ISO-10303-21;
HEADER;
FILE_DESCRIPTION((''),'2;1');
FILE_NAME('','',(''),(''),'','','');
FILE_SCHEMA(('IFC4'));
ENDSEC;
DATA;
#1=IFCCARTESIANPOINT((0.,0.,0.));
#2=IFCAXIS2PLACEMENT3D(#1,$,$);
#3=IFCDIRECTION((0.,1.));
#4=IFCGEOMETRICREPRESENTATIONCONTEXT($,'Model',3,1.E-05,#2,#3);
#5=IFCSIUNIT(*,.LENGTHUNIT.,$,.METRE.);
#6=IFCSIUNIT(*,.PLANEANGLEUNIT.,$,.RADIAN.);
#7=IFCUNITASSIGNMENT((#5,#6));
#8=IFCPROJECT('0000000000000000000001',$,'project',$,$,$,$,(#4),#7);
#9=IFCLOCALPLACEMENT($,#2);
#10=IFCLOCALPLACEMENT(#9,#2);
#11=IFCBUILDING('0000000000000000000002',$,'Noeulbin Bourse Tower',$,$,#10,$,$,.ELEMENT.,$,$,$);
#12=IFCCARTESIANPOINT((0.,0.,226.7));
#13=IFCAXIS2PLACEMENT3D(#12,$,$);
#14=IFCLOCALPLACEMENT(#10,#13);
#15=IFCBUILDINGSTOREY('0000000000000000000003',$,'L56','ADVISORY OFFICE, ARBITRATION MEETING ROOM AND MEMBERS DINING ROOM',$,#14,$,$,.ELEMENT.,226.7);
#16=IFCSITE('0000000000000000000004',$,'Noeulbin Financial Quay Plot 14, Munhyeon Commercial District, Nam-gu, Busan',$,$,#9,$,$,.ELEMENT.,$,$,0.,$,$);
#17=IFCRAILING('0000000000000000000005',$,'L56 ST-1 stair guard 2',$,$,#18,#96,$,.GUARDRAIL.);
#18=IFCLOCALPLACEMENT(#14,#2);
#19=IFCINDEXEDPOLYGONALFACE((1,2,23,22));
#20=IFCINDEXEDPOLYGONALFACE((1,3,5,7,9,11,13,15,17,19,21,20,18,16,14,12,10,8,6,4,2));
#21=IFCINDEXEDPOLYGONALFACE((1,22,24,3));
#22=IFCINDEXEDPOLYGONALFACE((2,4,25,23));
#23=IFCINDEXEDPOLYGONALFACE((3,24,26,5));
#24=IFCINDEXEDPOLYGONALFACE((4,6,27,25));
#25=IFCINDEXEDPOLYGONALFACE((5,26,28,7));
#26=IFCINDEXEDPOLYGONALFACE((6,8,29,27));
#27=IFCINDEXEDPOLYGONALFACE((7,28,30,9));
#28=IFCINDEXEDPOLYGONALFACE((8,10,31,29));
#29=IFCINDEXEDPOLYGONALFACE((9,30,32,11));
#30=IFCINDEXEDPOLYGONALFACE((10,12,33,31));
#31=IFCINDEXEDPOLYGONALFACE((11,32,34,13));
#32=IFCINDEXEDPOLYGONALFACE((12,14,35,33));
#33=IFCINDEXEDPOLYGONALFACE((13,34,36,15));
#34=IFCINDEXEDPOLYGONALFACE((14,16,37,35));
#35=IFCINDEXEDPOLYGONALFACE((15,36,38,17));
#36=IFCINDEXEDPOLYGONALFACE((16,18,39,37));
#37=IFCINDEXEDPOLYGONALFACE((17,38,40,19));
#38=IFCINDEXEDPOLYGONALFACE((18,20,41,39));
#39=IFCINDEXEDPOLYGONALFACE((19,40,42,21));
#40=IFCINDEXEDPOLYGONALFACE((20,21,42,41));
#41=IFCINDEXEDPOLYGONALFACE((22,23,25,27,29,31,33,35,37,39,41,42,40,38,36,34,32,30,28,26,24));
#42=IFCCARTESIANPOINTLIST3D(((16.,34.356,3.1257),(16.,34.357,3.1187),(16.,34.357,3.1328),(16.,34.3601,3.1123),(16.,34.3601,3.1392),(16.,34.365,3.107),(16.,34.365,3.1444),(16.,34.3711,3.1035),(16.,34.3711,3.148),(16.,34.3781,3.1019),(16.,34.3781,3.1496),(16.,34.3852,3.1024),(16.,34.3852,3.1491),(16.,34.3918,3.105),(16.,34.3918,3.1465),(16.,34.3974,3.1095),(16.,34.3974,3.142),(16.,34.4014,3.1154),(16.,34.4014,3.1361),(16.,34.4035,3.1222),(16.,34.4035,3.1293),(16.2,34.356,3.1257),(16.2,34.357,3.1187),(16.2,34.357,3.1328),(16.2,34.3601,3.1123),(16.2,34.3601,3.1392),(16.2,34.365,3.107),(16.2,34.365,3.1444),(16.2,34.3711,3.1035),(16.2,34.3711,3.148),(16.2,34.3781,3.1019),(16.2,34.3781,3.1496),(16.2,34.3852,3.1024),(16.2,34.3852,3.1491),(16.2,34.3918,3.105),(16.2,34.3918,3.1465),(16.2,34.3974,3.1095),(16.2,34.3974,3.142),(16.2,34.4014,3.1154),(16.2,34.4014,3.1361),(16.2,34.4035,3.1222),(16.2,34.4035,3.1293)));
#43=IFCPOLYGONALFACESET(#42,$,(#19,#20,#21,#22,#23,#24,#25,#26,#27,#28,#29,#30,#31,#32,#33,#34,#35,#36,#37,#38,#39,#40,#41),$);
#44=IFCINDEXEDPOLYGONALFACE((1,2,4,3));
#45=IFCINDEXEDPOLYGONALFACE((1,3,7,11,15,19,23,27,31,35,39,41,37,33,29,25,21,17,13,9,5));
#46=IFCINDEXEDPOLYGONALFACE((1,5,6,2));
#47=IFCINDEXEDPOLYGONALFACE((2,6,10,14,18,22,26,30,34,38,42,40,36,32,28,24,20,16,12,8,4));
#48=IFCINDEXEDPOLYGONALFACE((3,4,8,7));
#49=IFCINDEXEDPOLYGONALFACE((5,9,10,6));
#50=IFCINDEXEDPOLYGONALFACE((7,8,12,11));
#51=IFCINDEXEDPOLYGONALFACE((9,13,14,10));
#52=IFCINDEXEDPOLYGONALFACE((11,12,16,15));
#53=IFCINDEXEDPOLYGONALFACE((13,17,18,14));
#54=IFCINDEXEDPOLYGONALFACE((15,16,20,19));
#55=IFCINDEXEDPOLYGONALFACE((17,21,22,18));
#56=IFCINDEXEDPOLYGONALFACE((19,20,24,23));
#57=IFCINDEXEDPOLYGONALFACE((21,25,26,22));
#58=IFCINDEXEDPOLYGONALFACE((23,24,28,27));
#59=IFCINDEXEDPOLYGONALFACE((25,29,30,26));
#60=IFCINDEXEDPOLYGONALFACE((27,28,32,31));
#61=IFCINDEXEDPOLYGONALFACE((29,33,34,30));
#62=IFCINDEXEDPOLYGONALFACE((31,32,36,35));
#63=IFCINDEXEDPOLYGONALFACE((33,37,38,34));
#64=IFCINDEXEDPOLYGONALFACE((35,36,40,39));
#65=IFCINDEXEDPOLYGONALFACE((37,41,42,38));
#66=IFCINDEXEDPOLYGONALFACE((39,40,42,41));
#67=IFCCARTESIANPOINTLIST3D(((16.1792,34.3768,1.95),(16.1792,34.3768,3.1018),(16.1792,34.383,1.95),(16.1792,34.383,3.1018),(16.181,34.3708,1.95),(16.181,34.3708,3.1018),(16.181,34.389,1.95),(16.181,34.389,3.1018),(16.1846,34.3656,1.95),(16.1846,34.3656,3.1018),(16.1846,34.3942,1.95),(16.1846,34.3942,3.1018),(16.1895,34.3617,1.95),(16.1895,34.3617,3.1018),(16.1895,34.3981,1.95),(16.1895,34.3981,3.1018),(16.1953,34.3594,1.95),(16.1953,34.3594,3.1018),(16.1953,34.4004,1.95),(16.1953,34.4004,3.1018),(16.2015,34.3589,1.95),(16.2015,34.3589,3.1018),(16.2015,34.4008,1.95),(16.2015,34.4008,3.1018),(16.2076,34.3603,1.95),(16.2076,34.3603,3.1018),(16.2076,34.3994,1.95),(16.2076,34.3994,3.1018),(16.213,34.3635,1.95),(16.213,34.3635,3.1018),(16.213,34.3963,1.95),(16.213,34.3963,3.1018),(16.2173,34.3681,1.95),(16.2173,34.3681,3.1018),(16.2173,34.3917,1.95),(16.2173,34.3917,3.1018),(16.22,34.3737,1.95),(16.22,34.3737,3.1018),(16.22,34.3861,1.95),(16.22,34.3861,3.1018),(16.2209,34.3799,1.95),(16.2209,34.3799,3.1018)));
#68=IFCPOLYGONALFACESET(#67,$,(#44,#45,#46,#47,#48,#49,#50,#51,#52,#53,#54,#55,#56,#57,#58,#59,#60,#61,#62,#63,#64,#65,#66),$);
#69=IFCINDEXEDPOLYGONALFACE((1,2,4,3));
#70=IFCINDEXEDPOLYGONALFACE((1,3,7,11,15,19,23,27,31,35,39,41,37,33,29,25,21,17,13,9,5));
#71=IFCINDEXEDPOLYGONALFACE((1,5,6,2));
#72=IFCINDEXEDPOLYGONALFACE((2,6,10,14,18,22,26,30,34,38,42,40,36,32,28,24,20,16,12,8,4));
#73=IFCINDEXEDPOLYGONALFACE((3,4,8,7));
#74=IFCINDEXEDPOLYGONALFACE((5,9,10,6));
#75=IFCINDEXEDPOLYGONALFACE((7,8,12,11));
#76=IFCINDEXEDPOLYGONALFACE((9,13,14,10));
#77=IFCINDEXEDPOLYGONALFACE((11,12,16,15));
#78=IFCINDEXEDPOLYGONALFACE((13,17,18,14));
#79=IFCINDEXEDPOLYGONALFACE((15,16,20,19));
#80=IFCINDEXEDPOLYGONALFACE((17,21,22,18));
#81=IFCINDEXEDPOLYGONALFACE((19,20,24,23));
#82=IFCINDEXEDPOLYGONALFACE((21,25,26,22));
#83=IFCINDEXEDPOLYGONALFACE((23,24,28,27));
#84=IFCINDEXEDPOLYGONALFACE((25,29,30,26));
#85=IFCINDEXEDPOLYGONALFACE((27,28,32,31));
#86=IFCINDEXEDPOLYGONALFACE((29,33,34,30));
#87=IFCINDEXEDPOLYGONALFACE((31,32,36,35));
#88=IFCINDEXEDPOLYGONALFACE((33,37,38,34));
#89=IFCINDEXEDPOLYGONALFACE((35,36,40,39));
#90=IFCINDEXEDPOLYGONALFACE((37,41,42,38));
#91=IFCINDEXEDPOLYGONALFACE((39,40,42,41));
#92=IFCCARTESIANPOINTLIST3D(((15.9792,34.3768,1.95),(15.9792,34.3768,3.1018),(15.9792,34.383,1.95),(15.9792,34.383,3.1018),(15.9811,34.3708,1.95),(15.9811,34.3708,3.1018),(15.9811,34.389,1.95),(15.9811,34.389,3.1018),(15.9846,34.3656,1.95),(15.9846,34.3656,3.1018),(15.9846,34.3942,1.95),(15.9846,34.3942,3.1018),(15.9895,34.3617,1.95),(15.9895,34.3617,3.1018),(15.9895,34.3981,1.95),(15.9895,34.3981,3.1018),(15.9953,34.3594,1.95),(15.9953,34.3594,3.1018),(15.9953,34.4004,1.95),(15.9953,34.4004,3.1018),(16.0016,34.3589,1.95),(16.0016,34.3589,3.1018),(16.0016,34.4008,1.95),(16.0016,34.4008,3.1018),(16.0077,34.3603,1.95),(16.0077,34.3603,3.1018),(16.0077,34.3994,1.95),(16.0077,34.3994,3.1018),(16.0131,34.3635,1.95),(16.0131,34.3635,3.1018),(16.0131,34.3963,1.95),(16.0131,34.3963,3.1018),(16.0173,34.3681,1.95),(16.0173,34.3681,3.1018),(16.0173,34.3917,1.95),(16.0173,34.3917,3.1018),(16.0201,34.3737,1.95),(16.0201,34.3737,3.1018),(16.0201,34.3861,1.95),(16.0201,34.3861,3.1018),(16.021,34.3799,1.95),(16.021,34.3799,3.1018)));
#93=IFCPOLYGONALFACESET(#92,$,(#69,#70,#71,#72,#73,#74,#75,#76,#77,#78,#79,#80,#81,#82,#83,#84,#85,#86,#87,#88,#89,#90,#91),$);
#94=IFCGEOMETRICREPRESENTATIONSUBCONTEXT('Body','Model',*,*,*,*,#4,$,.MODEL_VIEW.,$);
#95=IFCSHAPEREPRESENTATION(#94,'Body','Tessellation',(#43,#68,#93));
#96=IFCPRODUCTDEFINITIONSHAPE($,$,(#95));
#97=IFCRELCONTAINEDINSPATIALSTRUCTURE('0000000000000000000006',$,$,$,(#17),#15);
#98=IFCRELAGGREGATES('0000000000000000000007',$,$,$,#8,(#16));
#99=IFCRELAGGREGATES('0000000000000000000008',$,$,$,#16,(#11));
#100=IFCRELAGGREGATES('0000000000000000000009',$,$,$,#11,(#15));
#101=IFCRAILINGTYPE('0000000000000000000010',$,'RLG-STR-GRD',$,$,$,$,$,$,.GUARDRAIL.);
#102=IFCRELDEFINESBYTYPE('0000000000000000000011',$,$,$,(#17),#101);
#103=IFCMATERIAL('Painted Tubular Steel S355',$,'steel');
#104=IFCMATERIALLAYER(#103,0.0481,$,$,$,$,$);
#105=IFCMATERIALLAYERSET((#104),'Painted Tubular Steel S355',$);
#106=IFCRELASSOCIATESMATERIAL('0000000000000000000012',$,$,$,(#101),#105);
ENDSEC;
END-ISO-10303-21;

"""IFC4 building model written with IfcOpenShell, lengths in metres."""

from ifc_helpers import new_model, si_unit, direction, frame, origin, origin_2d, place, context, subcontext, project, spatial, circle, extrude, material, layer, layer_set, type_object, element, save


model = new_model("IFC4")

# Units and contexts
model_context = context("Model", 3, precision=1e-05, world=origin(), true_north=direction((0.0, 1.0)))
body_context = subcontext(model_context, "Body", "Model", "MODEL_VIEW")
ifc_project = project(units=[si_unit("LENGTHUNIT", "METRE"), si_unit("PLANEANGLEUNIT", "RADIAN")], contexts=[model_context])

# Site, building, storey
site_placement = place(None, origin())
site = spatial("IfcSite", under=ifc_project, at=site_placement, Name="Noeulbin Financial Quay Plot 14, Munhyeon Commercial District, Nam-gu, Busan", CompositionType="ELEMENT", RefElevation=0.0)
building_placement = place(site_placement, origin())
building = spatial("IfcBuilding", under=site, at=building_placement, Name="Noeulbin Bourse Tower", CompositionType="ELEMENT")
storey_placement = place(building_placement, frame((0.0, 0.0, 226.7)))
storey = spatial("IfcBuildingStorey", under=building, at=storey_placement, Name="L56", Description="ADVISORY OFFICE, ARBITRATION MEETING ROOM AND MEMBERS DINING ROOM", CompositionType="ELEMENT", Elevation=226.7)

# Railing
ifc_material_1 = material(Name="Painted Tubular Steel S355", Category="steel")
ifc_layer_1 = layer(ifc_material_1, 0.0481)
ifc_layer_set_1 = layer_set([ifc_layer_1], Name="Painted Tubular Steel S355")
railing_type_1 = type_object("IfcRailingType", Name="RLG-STR-GRD", PredefinedType="GUARDRAIL", material=ifc_layer_set_1)
railing_1_placement = place(storey_placement, frame((16.2, 34.3799, 1.95)))
element("IfcRailing", 1, at=railing_1_placement, inside=storey, type_object=railing_type_1, Name="L56 ST-1 stair guard 2", PredefinedType="GUARDRAIL", context=body_context, shape_type="SweptSolid", body=[
    extrude(circle(Radius=0.0239, at=origin_2d()), frame((0.0, 0.0, 1.1758), z_axis=(-1.0, 0.0, 0.0), x_axis=(0.0, -1.0, 0.0)), (0.0, 0.0, 1.0), 0.2),
    extrude(circle(Radius=0.021, at=origin_2d()), origin(), (0.0, 0.0, 1.0), 1.1519),
    extrude(circle(Radius=0.021, at=origin_2d()), frame((-0.2, 0.0, 0.0)), (0.0, 0.0, 1.0), 1.1519),
])

save(model, "model.ifc")
